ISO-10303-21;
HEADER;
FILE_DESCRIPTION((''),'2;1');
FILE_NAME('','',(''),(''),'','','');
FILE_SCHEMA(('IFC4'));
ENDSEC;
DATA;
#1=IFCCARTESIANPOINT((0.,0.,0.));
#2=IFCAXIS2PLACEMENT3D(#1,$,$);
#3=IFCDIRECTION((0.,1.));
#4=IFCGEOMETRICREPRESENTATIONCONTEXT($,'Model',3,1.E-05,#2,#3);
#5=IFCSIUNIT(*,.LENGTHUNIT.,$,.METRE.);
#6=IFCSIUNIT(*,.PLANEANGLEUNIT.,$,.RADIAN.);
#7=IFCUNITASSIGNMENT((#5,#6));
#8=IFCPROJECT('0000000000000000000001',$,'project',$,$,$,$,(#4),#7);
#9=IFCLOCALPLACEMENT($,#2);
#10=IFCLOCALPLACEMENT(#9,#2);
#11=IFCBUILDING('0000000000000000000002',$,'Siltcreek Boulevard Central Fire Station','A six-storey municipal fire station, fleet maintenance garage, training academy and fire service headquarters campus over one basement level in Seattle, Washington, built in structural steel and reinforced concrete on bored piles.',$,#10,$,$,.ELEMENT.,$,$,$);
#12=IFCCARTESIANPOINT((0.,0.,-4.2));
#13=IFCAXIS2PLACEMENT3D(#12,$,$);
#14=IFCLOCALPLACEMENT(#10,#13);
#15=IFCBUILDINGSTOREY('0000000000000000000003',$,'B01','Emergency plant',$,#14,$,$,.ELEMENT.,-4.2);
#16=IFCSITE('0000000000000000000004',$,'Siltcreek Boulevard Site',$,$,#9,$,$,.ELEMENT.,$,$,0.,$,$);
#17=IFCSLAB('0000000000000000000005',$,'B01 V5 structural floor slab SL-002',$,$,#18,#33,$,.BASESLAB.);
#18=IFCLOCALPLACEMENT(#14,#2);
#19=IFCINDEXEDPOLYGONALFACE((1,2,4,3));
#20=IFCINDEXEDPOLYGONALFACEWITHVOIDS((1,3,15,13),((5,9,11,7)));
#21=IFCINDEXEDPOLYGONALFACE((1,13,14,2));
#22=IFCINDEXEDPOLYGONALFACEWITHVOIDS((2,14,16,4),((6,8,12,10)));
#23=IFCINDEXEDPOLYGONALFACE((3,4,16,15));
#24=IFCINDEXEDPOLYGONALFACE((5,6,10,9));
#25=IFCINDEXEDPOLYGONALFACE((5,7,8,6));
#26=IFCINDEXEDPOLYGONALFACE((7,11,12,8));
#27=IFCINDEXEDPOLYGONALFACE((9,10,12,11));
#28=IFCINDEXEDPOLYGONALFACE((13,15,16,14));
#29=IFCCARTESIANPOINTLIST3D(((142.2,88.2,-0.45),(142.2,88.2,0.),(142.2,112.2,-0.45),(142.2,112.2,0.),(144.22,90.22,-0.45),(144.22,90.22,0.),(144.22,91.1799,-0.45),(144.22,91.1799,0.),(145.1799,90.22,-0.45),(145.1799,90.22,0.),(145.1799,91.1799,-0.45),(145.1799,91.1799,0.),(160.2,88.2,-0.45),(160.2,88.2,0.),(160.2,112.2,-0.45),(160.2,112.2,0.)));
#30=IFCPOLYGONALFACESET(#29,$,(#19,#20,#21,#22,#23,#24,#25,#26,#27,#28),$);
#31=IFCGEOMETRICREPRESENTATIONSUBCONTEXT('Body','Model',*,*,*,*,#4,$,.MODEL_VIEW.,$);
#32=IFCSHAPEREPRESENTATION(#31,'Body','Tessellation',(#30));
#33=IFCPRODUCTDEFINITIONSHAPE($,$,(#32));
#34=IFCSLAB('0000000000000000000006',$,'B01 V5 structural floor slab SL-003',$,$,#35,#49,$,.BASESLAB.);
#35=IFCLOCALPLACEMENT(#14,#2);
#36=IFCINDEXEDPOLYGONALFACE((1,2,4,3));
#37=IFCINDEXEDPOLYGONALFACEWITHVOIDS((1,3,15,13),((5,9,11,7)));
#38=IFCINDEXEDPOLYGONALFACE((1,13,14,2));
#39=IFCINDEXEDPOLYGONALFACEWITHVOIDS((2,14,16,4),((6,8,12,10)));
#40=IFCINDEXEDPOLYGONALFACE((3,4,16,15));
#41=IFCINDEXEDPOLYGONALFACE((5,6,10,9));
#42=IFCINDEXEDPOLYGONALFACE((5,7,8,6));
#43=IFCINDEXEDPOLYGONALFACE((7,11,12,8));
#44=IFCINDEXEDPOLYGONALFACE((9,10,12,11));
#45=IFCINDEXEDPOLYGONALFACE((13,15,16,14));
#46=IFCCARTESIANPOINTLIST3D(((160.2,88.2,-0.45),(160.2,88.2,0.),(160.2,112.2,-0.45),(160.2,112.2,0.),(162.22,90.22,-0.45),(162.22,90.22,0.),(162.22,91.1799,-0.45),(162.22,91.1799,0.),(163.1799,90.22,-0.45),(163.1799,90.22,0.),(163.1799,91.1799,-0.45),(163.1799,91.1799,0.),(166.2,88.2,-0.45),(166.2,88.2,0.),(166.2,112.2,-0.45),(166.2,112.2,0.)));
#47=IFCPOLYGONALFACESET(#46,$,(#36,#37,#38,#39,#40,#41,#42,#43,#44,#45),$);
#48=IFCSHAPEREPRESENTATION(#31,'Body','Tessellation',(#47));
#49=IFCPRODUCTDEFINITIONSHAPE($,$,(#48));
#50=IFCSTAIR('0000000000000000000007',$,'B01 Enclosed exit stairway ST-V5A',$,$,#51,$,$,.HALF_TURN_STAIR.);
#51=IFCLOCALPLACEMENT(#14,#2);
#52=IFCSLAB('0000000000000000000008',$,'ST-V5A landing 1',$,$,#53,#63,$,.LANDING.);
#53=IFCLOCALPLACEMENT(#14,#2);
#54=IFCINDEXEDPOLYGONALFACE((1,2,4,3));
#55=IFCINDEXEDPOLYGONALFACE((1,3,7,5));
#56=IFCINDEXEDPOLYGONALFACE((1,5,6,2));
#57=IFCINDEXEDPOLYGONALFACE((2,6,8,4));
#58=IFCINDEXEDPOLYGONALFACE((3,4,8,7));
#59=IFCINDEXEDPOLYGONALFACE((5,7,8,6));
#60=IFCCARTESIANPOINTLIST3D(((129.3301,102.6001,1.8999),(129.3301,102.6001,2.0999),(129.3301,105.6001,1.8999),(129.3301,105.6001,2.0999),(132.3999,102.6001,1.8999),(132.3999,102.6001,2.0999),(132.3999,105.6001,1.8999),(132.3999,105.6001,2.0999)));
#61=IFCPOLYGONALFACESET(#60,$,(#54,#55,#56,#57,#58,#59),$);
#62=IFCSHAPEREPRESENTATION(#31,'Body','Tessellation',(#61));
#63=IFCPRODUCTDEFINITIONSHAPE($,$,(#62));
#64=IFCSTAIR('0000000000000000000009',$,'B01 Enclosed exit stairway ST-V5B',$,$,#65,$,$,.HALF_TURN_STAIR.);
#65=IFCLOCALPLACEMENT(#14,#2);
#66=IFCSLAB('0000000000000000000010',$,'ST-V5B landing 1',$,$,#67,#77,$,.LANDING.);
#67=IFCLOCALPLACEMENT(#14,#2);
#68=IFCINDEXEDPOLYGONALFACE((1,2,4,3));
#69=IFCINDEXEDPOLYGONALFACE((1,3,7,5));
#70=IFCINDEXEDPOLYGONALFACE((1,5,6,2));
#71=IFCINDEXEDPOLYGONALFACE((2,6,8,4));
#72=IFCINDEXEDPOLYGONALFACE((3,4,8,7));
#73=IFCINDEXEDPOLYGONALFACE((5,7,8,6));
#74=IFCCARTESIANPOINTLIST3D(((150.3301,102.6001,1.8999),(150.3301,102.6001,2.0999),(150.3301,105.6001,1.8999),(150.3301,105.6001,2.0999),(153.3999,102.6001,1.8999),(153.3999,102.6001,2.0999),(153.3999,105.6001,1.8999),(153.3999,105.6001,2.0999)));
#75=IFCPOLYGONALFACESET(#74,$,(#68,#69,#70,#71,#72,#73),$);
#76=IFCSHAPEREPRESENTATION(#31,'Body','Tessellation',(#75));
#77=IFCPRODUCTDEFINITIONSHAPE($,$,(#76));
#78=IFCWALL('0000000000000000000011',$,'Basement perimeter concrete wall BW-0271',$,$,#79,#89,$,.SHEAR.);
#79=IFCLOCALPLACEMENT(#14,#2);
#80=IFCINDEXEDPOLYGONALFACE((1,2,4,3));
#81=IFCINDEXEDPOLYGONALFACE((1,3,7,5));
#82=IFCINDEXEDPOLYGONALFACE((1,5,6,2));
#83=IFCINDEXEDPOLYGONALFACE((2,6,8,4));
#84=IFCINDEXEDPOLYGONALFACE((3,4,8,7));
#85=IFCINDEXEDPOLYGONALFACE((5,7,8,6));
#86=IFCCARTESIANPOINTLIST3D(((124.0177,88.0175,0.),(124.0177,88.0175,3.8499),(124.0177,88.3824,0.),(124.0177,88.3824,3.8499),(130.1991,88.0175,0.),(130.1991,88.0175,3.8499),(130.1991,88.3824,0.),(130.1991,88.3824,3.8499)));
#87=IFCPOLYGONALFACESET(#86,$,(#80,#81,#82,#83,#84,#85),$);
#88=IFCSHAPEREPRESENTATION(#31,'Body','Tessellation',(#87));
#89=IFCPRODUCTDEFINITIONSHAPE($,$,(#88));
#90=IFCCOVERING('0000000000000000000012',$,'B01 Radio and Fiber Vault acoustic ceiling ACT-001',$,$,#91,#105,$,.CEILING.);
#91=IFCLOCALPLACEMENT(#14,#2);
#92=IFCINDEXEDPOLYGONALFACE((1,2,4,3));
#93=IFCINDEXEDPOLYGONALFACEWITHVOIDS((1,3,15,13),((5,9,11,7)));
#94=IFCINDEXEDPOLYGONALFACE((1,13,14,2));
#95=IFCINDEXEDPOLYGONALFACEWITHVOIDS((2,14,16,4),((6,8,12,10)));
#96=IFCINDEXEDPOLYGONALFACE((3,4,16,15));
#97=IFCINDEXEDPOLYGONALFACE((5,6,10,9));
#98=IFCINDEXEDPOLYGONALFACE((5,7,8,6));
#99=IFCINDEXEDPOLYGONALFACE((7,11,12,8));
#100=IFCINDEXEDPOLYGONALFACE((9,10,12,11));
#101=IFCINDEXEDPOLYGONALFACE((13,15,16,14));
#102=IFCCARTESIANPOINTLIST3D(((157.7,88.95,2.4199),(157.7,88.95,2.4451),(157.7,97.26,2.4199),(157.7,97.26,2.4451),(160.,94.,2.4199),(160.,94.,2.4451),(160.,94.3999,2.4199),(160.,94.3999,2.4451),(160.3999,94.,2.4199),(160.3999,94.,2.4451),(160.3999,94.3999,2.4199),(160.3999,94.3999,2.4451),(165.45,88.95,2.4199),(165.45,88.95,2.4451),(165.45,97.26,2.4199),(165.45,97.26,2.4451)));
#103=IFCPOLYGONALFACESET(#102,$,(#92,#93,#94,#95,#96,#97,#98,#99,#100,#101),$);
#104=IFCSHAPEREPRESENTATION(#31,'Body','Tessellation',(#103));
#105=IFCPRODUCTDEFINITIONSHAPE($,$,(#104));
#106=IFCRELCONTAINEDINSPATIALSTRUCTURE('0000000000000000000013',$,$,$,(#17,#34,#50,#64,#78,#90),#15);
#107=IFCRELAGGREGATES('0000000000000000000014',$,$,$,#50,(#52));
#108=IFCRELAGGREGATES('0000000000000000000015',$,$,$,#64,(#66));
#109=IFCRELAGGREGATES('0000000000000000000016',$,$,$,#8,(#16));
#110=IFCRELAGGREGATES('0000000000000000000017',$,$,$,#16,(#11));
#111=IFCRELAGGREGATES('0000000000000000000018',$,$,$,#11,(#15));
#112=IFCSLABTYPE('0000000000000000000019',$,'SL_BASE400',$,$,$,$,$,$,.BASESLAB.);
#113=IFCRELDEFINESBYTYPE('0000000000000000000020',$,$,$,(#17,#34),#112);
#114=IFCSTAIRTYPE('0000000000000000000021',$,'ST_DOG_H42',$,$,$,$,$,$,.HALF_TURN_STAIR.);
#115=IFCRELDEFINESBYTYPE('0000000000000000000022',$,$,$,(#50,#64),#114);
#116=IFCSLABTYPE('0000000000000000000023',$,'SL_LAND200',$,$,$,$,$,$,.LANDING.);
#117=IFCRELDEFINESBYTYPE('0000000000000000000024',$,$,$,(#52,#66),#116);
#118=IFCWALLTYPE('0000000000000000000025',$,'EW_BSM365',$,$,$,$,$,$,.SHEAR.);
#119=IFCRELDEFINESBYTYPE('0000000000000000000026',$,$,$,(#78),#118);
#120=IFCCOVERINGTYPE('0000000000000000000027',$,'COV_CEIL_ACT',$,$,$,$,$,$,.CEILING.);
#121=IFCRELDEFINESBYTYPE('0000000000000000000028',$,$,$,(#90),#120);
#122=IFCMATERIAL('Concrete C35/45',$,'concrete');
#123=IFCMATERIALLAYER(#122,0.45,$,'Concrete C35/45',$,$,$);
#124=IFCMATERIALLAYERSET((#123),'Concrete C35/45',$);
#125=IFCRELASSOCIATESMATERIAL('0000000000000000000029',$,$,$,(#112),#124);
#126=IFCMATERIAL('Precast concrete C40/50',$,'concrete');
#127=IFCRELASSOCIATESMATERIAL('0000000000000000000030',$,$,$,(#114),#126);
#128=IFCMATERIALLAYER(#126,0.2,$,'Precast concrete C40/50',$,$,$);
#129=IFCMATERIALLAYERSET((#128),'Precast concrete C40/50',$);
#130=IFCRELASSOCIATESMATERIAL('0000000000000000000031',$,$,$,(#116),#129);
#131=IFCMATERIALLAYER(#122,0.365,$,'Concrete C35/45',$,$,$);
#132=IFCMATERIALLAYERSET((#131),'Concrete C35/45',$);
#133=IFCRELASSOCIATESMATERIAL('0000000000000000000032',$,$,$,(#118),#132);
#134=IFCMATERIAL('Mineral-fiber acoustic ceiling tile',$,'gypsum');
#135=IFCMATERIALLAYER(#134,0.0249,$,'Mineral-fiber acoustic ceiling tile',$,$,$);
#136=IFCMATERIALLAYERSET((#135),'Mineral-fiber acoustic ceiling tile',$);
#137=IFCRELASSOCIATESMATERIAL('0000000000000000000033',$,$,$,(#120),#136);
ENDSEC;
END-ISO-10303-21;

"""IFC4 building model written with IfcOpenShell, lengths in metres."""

from ifc_helpers import new_model, si_unit, direction, frame, frame_2d, origin, place, context, subcontext, project, spatial, polyline, rectangle, outline, extrude, material, layer, layer_set, type_object, element, aggregate, save


model = new_model("IFC4")

# Units and contexts
model_context = context("Model", 3, precision=1e-05, world=origin(), true_north=direction((0.0, 1.0)))
body_context = subcontext(model_context, "Body", "Model", "MODEL_VIEW")
ifc_project = project(units=[si_unit("LENGTHUNIT", "METRE"), si_unit("PLANEANGLEUNIT", "RADIAN")], contexts=[model_context])

# Site, building, storey
site_placement = place(None, origin())
site = spatial("IfcSite", under=ifc_project, at=site_placement, Name="Siltcreek Boulevard Site", CompositionType="ELEMENT", RefElevation=0.0)
building_placement = place(site_placement, origin())
building = spatial("IfcBuilding", under=site, at=building_placement, Name="Siltcreek Boulevard Central Fire Station", Description="A six-storey municipal fire station, fleet maintenance garage, training academy and fire service headquarters campus over one basement level in Seattle, Washington, built in structural steel and reinforced concrete on bored piles.", CompositionType="ELEMENT")
storey_placement = place(building_placement, frame((0.0, 0.0, -4.2)))
storey = spatial("IfcBuildingStorey", under=building, at=storey_placement, Name="B01", Description="Emergency plant", CompositionType="ELEMENT", Elevation=-4.2)

# Shared definitions
ifc_material_1 = material(Name="Concrete C35/45", Category="concrete")

# Slabs
ifc_layer_1 = layer(ifc_material_1, 0.45, Name="Concrete C35/45")
ifc_layer_set_1 = layer_set([ifc_layer_1], Name="Concrete C35/45")
slab_type_1 = type_object("IfcSlabType", Name="SL_BASE400", PredefinedType="BASESLAB", material=ifc_layer_set_1)
slab_1_placement = place(storey_placement, frame((0.0, 0.0, -0.45)))
element("IfcSlab", 1, at=slab_1_placement, inside=storey, type_object=slab_type_1, Name="B01 V5 structural floor slab SL-002", PredefinedType="BASESLAB", context=body_context, shape_type="SweptSolid", body=[
    extrude(outline(polyline([(142.2, 112.2), (160.2, 112.2), (160.2, 88.2), (142.2, 88.2), (142.2, 112.2)]), holes=[polyline([(145.1799, 91.1799), (144.22, 91.1799), (144.22, 90.22), (145.1799, 90.22), (145.1799, 91.1799)])]), origin(), (0.0, 0.0, 1.0), 0.45),
])
slab_2_placement = place(storey_placement, frame((0.0, 0.0, -0.45)))
element("IfcSlab", 2, at=slab_2_placement, inside=storey, type_object=slab_type_1, Name="B01 V5 structural floor slab SL-003", PredefinedType="BASESLAB", context=body_context, shape_type="SweptSolid", body=[
    extrude(outline(polyline([(160.2, 112.2), (166.2, 112.2), (166.2, 88.2), (160.2, 88.2), (160.2, 112.2)]), holes=[polyline([(163.1799, 91.1799), (162.22, 91.1799), (162.22, 90.22), (163.1799, 90.22), (163.1799, 91.1799)])]), origin(), (0.0, 0.0, 1.0), 0.45),
])

# Stairs, slabs
ifc_material_2 = material(Name="Precast concrete C40/50", Category="concrete")
stair_type = type_object("IfcStairType", Name="ST_DOG_H42", PredefinedType="HALF_TURN_STAIR", material=ifc_material_2)
stair_1_placement = place(storey_placement, origin())
stair_1 = element("IfcStair", 3, at=stair_1_placement, inside=storey, type_object=stair_type, Name="B01 Enclosed exit stairway ST-V5A", PredefinedType="HALF_TURN_STAIR")
ifc_layer_2 = layer(ifc_material_2, 0.2, Name="Precast concrete C40/50")
ifc_layer_set_2 = layer_set([ifc_layer_2], Name="Precast concrete C40/50")
slab_type_2 = type_object("IfcSlabType", Name="SL_LAND200", PredefinedType="LANDING", material=ifc_layer_set_2)
slab_3_placement = place(storey_placement, frame((0.0, 0.0, 1.8999)))
slab_3 = element("IfcSlab", 4, at=slab_3_placement, type_object=slab_type_2, Name="ST-V5A landing 1", PredefinedType="LANDING", context=body_context, shape_type="SweptSolid", body=[
    extrude(outline(polyline([(129.3301, 102.6001), (132.3999, 102.6001), (132.3999, 105.6001), (129.3301, 105.6001), (129.3301, 102.6001)])), origin(), (0.0, 0.0, 1.0), 0.2),
])
aggregate(stair_1, [slab_3])
stair_2_placement = place(storey_placement, origin())
stair_2 = element("IfcStair", 5, at=stair_2_placement, inside=storey, type_object=stair_type, Name="B01 Enclosed exit stairway ST-V5B", PredefinedType="HALF_TURN_STAIR")
slab_4_placement = place(storey_placement, frame((0.0, 0.0, 1.8999)))
slab_4 = element("IfcSlab", 6, at=slab_4_placement, type_object=slab_type_2, Name="ST-V5B landing 1", PredefinedType="LANDING", context=body_context, shape_type="SweptSolid", body=[
    extrude(outline(polyline([(150.3301, 102.6001), (153.3999, 102.6001), (153.3999, 105.6001), (150.3301, 105.6001), (150.3301, 102.6001)])), origin(), (0.0, 0.0, 1.0), 0.2),
])
aggregate(stair_2, [slab_4])

# Wall
ifc_layer_3 = layer(ifc_material_1, 0.365, Name="Concrete C35/45")
ifc_layer_set_3 = layer_set([ifc_layer_3], Name="Concrete C35/45")
wall_type = type_object("IfcWallType", Name="EW_BSM365", PredefinedType="SHEAR", material=ifc_layer_set_3)
wall_placement = place(storey_placement, frame((124.0176, 88.2, 0.0), z_axis=(0.0, 0.0, 1.0), x_axis=(1.0, 0.0, 0.0)))
element("IfcWall", 7, at=wall_placement, inside=storey, type_object=wall_type, Name="Basement perimeter concrete wall BW-0271", PredefinedType="SHEAR", context=body_context, shape_type="SweptSolid", body=[
    extrude(rectangle(XDim=6.1814, YDim=0.365, at=frame_2d((3.0908, 0.0))), origin(), (0.0, 0.0, 1.0), 3.8499),
])

# Covering
ifc_material_3 = material(Name="Mineral-fiber acoustic ceiling tile", Category="gypsum")
ifc_layer_4 = layer(ifc_material_3, 0.0249, Name="Mineral-fiber acoustic ceiling tile")
ifc_layer_set_4 = layer_set([ifc_layer_4], Name="Mineral-fiber acoustic ceiling tile")
covering_type = type_object("IfcCoveringType", Name="COV_CEIL_ACT", PredefinedType="CEILING", material=ifc_layer_set_4)
covering_placement = place(storey_placement, frame((0.0, 0.0, 2.4199)))
element("IfcCovering", 8, at=covering_placement, inside=storey, type_object=covering_type, Name="B01 Radio and Fiber Vault acoustic ceiling ACT-001", PredefinedType="CEILING", context=body_context, shape_type="SweptSolid", body=[
    extrude(outline(polyline([(157.7, 88.95), (165.45, 88.95), (165.45, 97.26), (157.7, 97.26), (157.7, 88.95)]), holes=[polyline([(160.0, 94.0), (160.3999, 94.0), (160.3999, 94.3999), (160.0, 94.3999), (160.0, 94.0)])]), origin(), (0.0, 0.0, 1.0), 0.0251),
])

save(model, "model.ifc")
